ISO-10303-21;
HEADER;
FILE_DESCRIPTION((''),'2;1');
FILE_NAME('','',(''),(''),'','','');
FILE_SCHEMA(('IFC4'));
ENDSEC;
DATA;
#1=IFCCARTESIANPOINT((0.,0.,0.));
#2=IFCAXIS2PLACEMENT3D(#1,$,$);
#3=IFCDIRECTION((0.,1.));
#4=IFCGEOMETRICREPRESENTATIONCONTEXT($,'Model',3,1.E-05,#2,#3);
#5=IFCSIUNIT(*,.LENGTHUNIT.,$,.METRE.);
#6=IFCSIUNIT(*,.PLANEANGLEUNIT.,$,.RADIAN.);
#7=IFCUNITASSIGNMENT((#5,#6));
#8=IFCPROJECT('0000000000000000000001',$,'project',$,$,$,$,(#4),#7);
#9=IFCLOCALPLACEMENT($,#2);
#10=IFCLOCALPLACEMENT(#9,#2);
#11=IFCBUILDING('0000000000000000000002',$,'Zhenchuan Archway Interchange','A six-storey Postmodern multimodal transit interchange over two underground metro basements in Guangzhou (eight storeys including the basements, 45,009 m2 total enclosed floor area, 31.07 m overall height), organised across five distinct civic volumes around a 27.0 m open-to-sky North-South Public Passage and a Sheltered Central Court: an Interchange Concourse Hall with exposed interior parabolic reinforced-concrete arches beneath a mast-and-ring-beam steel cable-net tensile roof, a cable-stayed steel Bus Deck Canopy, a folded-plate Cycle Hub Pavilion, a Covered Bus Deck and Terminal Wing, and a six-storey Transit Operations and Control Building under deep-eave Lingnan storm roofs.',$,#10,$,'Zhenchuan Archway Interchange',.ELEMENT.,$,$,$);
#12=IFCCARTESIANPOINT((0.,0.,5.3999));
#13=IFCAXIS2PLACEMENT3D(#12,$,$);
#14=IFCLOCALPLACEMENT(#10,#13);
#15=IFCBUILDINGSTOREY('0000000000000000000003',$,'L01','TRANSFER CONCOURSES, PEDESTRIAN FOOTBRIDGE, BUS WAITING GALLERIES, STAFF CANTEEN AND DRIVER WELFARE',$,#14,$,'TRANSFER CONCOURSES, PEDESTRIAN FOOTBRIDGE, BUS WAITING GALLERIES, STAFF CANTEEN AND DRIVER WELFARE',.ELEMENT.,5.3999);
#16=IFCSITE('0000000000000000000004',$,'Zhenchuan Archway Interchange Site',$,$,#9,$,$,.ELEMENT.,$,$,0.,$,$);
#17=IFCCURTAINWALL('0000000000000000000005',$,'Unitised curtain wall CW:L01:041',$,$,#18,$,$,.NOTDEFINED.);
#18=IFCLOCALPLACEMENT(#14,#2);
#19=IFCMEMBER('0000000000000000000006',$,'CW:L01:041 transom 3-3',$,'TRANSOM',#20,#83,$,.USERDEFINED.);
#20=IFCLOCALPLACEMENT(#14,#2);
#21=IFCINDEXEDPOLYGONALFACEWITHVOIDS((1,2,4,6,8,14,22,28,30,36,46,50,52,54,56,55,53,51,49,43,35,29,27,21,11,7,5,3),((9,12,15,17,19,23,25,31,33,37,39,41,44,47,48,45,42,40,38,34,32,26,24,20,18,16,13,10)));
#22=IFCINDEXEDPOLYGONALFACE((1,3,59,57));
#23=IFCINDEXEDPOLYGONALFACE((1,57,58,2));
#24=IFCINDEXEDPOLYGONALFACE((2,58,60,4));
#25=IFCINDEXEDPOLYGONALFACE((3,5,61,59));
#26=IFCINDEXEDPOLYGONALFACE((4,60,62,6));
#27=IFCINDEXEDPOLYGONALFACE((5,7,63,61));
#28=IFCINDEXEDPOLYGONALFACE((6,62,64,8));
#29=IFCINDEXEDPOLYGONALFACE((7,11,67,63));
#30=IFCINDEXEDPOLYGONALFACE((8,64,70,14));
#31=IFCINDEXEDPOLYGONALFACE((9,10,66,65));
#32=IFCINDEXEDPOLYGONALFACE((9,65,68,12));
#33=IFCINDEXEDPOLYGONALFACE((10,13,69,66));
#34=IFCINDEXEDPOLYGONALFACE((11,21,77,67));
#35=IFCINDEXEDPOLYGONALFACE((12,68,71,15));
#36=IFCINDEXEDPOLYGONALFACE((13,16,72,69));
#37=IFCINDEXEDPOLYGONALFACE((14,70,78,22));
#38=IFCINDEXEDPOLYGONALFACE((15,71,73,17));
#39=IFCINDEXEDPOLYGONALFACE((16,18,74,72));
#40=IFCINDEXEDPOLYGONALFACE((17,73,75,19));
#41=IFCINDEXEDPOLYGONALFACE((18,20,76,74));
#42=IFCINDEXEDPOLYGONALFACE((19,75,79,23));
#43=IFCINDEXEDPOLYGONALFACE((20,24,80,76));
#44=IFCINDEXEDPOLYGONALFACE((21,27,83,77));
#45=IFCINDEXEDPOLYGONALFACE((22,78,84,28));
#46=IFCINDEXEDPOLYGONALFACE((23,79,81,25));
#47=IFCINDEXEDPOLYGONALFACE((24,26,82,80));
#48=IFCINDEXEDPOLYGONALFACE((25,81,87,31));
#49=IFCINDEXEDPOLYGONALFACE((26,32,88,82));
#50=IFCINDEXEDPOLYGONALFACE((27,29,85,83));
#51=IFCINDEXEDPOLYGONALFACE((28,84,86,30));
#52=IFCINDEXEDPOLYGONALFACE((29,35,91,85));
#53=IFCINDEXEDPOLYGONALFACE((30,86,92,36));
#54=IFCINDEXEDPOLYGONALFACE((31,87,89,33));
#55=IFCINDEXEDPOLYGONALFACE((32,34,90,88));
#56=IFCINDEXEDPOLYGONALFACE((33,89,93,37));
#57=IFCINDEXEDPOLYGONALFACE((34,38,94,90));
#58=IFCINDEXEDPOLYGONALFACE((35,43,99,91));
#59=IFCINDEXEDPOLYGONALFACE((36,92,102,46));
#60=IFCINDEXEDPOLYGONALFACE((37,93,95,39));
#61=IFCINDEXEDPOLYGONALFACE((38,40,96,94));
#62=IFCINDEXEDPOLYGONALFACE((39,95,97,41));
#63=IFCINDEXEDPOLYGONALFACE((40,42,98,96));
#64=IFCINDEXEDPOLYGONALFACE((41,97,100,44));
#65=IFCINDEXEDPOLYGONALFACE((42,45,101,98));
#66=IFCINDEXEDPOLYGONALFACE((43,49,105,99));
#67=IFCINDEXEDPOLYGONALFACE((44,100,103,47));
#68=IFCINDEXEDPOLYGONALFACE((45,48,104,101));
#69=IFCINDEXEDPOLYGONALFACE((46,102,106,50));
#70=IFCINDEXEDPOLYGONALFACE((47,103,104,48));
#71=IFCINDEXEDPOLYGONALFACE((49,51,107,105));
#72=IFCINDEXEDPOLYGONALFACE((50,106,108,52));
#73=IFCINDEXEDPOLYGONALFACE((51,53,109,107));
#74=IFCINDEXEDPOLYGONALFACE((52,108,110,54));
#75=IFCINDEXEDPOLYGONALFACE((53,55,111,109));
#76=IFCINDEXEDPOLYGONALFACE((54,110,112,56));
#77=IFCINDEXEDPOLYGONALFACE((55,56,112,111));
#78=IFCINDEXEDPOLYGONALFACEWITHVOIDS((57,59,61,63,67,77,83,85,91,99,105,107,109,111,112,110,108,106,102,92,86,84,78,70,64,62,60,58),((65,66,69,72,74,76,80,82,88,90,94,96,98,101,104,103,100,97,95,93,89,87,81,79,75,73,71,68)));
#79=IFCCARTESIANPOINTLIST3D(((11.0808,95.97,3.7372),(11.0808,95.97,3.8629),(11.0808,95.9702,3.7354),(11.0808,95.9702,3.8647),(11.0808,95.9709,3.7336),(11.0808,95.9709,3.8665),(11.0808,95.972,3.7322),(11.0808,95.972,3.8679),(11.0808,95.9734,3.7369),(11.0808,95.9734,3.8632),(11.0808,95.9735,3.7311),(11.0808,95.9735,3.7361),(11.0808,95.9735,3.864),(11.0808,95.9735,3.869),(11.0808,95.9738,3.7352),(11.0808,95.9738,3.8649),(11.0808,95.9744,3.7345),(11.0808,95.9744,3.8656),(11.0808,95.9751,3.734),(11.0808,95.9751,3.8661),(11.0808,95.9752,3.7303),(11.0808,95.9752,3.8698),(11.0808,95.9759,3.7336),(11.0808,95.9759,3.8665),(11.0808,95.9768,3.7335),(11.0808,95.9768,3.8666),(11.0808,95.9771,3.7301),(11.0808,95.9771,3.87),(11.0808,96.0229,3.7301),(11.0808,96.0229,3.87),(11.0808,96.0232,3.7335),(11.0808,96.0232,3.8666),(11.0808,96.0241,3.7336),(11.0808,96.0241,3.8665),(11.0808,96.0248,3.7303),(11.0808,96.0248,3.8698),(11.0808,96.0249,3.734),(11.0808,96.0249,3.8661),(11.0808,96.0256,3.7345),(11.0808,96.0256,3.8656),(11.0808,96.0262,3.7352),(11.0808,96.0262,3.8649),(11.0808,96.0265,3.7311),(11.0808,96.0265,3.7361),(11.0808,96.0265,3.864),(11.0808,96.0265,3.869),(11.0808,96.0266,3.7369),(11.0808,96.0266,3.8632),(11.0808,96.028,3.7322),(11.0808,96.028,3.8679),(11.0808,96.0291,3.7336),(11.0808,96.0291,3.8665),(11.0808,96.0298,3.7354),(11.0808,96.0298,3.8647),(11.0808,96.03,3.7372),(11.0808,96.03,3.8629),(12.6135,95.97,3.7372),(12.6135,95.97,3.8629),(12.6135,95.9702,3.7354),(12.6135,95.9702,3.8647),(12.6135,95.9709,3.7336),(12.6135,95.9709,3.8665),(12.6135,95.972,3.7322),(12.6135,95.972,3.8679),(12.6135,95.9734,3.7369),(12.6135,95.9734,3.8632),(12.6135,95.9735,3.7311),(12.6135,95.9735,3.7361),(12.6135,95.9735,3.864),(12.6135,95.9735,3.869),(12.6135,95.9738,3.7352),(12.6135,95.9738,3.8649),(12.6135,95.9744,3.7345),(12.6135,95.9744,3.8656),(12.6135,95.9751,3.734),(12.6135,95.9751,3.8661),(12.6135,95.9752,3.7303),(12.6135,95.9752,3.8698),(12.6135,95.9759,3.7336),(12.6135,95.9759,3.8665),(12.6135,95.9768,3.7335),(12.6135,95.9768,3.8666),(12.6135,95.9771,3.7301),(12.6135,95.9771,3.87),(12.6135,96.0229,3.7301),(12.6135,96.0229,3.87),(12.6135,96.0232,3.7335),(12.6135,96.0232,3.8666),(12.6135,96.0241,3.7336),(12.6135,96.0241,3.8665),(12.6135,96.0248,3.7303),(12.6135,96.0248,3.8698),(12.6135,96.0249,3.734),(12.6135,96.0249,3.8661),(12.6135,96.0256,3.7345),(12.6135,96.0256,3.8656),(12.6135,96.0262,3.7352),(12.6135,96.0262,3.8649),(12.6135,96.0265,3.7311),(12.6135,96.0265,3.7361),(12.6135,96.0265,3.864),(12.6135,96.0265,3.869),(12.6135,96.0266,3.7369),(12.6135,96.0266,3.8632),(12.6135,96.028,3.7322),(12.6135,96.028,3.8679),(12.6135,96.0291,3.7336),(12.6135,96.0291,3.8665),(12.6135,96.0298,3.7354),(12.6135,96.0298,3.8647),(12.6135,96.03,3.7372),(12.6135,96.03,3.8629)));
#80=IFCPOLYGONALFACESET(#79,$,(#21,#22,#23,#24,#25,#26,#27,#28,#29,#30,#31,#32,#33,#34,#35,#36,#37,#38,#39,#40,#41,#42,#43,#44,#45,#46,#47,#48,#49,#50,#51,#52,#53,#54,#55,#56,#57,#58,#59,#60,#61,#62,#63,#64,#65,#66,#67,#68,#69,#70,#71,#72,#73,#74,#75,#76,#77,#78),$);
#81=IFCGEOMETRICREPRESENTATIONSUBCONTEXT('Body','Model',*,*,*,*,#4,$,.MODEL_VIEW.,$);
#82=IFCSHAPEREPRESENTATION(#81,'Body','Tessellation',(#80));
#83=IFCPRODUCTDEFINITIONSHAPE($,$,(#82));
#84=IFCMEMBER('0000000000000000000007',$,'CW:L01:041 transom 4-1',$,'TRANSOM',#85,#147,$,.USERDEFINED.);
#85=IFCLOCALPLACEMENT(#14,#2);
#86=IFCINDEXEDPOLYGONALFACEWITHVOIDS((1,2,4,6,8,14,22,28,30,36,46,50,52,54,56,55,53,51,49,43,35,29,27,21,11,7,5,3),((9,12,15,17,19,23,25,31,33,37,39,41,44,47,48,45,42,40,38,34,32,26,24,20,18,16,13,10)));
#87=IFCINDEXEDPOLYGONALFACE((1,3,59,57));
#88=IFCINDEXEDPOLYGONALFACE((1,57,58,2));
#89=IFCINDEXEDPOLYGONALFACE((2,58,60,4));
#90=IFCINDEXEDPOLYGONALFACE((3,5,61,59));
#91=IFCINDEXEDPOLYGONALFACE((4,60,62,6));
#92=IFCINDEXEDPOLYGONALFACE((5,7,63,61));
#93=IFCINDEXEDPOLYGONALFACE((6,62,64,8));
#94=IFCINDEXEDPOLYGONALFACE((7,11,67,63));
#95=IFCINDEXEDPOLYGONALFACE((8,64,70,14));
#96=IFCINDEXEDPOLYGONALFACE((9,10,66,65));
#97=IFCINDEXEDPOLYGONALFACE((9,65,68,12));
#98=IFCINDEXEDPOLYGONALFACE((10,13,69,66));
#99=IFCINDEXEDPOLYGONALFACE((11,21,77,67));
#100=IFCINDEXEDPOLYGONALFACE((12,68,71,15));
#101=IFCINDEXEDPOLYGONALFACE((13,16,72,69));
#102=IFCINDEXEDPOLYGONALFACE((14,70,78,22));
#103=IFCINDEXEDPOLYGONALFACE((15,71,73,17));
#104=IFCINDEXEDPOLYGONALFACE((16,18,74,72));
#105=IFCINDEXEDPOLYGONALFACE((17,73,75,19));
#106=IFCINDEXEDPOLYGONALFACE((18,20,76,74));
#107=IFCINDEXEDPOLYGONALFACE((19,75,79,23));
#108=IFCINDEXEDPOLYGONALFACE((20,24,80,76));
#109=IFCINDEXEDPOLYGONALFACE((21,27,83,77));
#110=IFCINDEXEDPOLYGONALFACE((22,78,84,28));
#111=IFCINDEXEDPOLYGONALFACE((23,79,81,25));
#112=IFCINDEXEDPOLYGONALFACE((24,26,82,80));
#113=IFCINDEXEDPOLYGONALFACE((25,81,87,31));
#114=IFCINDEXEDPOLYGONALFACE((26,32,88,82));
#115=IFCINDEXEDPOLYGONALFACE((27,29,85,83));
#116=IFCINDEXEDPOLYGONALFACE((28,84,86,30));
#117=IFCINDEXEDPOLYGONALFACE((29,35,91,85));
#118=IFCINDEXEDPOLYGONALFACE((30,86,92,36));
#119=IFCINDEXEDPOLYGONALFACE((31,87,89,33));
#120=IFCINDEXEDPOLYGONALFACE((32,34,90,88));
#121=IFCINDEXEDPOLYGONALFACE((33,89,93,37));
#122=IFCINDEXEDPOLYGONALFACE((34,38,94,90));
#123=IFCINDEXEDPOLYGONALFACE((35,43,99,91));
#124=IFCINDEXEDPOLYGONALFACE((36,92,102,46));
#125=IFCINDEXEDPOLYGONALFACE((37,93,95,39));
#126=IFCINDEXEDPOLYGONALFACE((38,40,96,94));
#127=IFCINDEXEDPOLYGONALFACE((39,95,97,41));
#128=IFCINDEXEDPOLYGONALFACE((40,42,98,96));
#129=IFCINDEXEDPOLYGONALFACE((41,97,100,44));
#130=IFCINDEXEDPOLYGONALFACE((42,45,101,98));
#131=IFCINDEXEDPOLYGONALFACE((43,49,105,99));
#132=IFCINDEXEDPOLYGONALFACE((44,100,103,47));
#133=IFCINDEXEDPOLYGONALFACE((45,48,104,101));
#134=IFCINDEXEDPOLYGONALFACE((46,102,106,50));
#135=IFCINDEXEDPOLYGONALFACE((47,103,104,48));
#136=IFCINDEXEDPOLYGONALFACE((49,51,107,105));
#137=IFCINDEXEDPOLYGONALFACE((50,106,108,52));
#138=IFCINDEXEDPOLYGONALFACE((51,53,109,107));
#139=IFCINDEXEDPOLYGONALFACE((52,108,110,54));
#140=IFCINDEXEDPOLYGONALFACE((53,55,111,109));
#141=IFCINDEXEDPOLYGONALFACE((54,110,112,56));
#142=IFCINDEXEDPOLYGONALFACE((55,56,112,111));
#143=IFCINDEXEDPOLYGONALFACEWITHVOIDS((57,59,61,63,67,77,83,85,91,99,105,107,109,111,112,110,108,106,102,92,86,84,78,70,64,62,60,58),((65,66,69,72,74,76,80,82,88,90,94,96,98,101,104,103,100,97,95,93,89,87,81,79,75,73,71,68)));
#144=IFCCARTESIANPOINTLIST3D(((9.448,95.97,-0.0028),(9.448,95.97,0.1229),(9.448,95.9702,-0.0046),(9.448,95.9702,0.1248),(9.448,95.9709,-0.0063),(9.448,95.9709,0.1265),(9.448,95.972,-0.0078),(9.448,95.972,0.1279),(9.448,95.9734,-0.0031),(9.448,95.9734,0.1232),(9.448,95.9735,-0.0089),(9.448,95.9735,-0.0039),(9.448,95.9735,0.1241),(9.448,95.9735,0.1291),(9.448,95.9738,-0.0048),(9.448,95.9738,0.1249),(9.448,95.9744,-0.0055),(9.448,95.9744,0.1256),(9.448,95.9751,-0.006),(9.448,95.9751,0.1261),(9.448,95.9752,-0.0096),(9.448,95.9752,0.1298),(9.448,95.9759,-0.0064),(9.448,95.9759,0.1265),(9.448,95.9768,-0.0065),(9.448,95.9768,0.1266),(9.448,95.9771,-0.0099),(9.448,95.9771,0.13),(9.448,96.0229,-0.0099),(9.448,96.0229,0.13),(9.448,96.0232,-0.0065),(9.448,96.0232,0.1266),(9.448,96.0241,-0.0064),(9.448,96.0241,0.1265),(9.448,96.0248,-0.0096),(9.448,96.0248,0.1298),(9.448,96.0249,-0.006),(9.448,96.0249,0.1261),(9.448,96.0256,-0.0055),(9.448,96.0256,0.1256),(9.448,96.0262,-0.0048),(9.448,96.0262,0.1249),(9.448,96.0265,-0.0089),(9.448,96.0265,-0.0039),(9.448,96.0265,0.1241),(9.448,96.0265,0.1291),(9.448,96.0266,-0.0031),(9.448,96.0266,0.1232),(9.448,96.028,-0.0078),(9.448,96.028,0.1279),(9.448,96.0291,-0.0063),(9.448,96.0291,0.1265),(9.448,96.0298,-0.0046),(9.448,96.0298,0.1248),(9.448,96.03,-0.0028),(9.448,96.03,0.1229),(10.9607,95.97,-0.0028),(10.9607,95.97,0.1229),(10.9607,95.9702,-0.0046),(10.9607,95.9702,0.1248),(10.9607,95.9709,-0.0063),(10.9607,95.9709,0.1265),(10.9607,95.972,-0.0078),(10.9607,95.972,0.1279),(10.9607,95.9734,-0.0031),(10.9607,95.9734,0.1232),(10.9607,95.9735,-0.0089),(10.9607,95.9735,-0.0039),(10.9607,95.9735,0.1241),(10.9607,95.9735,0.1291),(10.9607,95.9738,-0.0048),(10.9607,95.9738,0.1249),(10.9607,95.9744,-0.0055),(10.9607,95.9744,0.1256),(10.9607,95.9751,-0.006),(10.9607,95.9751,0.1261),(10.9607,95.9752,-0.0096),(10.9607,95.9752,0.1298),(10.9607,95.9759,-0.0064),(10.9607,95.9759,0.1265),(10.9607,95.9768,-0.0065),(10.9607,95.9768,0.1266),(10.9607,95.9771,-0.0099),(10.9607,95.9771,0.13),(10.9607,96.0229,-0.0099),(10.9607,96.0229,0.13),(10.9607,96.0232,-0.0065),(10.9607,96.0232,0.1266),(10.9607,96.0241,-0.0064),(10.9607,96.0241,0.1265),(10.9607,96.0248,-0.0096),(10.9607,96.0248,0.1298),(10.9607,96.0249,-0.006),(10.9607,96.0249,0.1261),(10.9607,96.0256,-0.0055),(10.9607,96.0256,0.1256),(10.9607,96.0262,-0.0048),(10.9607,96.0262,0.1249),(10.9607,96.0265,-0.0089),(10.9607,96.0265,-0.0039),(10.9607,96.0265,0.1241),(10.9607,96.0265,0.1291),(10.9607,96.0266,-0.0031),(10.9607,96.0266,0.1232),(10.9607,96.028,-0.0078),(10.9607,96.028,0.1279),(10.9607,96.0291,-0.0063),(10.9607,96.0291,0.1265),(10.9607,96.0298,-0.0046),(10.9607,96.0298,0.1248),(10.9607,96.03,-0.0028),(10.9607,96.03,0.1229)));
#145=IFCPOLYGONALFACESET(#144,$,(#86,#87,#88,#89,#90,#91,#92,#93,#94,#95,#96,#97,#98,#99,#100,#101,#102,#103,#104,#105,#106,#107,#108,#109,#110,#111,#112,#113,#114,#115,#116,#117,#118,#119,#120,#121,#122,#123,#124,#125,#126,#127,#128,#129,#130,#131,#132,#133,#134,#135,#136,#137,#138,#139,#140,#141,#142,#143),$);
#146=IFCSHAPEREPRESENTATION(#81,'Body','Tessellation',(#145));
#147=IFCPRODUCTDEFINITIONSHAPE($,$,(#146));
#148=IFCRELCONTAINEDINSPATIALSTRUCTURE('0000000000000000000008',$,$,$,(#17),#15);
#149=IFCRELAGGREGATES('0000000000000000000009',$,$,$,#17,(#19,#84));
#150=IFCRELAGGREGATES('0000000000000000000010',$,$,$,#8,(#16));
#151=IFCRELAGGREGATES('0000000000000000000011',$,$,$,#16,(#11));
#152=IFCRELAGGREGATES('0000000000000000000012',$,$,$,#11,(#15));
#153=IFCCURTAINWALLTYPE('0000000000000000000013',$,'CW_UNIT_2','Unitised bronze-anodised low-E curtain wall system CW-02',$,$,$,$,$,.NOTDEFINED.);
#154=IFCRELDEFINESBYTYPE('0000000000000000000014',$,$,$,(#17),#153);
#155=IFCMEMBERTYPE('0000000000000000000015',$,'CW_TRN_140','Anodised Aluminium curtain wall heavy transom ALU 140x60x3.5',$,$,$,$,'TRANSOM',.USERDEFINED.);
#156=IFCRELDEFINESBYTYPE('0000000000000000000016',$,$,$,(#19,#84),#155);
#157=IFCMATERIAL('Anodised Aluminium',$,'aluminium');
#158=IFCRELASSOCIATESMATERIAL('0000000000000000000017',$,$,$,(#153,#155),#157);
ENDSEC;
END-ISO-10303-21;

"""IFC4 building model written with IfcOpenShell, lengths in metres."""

from ifc_helpers import new_model, si_unit, direction, frame, origin, origin_2d, place, context, subcontext, project, spatial, hollow_rectangle, extrude, material, material_profile, profile_set, type_object, element, aggregate, save


model = new_model("IFC4")

# Units and contexts
model_context = context("Model", 3, precision=1e-05, world=origin(), true_north=direction((0.0, 1.0)))
body_context = subcontext(model_context, "Body", "Model", "MODEL_VIEW")
ifc_project = project(units=[si_unit("LENGTHUNIT", "METRE"), si_unit("PLANEANGLEUNIT", "RADIAN")], contexts=[model_context])

# Site, building, storey
site_placement = place(None, origin())
site = spatial("IfcSite", under=ifc_project, at=site_placement, Name="Zhenchuan Archway Interchange Site", CompositionType="ELEMENT", RefElevation=0.0)
building_placement = place(site_placement, origin())
building = spatial("IfcBuilding", under=site, at=building_placement, Name="Zhenchuan Archway Interchange", Description="A six-storey Postmodern multimodal transit interchange over two underground metro basements in Guangzhou (eight storeys including the basements, 45,009 m2 total enclosed floor area, 31.07 m overall height), organised across five distinct civic volumes around a 27.0 m open-to-sky North-South Public Passage and a Sheltered Central Court: an Interchange Concourse Hall with exposed interior parabolic reinforced-concrete arches beneath a mast-and-ring-beam steel cable-net tensile roof, a cable-stayed steel Bus Deck Canopy, a folded-plate Cycle Hub Pavilion, a Covered Bus Deck and Terminal Wing, and a six-storey Transit Operations and Control Building under deep-eave Lingnan storm roofs.", LongName="Zhenchuan Archway Interchange", CompositionType="ELEMENT")
storey_placement = place(building_placement, frame((0.0, 0.0, 5.3999)))
storey = spatial("IfcBuildingStorey", under=building, at=storey_placement, Name="L01", Description="TRANSFER CONCOURSES, PEDESTRIAN FOOTBRIDGE, BUS WAITING GALLERIES, STAFF CANTEEN AND DRIVER WELFARE", LongName="TRANSFER CONCOURSES, PEDESTRIAN FOOTBRIDGE, BUS WAITING GALLERIES, STAFF CANTEEN AND DRIVER WELFARE", CompositionType="ELEMENT", Elevation=5.3999)

# Shared definitions
ifc_material_1 = material(Name="Anodised Aluminium", Category="aluminium")

# Curtain wall
curtain_wall_type_1 = type_object("IfcCurtainWallType", Name="CW_UNIT_2", Description="Unitised bronze-anodised low-E curtain wall system CW-02", PredefinedType="NOTDEFINED", material=ifc_material_1)
curtain_wall_1_placement = place(storey_placement, origin())
curtain_wall_1 = element("IfcCurtainWall", 1, at=curtain_wall_1_placement, inside=storey, type_object=curtain_wall_type_1, Name="Unitised curtain wall CW:L01:041", PredefinedType="NOTDEFINED")

# Members
ifc_material_profile_1 = material_profile(ifc_material_1, hollow_rectangle(XDim=0.0601, YDim=0.1399, WallThickness=0.0034, InnerFilletRadius=0.0034, OuterFilletRadius=0.0071, at=origin_2d()), Name="ALU 140x60x3.5")
ifc_profile_set_1 = profile_set([ifc_material_profile_1], Name="Anodised Aluminium")
member_type_1 = type_object("IfcMemberType", Name="CW_TRN_140", Description="Anodised Aluminium curtain wall heavy transom ALU 140x60x3.5", ElementType="TRANSOM", PredefinedType="USERDEFINED", material=ifc_profile_set_1)
member_1_placement = place(storey_placement, frame((12.6135, 96.0, 3.8), z_axis=(-1.0, 0.0, 0.0), x_axis=(0.0, -1.0, 0.0)))
member_1 = element("IfcMember", 2, at=member_1_placement, type_object=member_type_1, Name="CW:L01:041 transom 3-3", ObjectType="TRANSOM", PredefinedType="USERDEFINED", context=body_context, shape_type="SweptSolid", body=[
    extrude(hollow_rectangle(XDim=0.0601, YDim=0.1399, WallThickness=0.0034, InnerFilletRadius=0.0034, OuterFilletRadius=0.0071, at=origin_2d()), origin(), (0.0, 0.0, 1.0), 1.5327),
])
member_2_placement = place(storey_placement, frame((10.9607, 96.0, 0.0601), z_axis=(-1.0, 0.0, 0.0), x_axis=(0.0, -1.0, 0.0)))
member_2 = element("IfcMember", 3, at=member_2_placement, type_object=member_type_1, Name="CW:L01:041 transom 4-1", ObjectType="TRANSOM", PredefinedType="USERDEFINED", context=body_context, shape_type="SweptSolid", body=[
    extrude(hollow_rectangle(XDim=0.0601, YDim=0.1399, WallThickness=0.0034, InnerFilletRadius=0.0034, OuterFilletRadius=0.0071, at=origin_2d()), origin(), (0.0, 0.0, 1.0), 1.5127),
])

aggregate(curtain_wall_1, [member_1, member_2])

save(model, "model.ifc")
